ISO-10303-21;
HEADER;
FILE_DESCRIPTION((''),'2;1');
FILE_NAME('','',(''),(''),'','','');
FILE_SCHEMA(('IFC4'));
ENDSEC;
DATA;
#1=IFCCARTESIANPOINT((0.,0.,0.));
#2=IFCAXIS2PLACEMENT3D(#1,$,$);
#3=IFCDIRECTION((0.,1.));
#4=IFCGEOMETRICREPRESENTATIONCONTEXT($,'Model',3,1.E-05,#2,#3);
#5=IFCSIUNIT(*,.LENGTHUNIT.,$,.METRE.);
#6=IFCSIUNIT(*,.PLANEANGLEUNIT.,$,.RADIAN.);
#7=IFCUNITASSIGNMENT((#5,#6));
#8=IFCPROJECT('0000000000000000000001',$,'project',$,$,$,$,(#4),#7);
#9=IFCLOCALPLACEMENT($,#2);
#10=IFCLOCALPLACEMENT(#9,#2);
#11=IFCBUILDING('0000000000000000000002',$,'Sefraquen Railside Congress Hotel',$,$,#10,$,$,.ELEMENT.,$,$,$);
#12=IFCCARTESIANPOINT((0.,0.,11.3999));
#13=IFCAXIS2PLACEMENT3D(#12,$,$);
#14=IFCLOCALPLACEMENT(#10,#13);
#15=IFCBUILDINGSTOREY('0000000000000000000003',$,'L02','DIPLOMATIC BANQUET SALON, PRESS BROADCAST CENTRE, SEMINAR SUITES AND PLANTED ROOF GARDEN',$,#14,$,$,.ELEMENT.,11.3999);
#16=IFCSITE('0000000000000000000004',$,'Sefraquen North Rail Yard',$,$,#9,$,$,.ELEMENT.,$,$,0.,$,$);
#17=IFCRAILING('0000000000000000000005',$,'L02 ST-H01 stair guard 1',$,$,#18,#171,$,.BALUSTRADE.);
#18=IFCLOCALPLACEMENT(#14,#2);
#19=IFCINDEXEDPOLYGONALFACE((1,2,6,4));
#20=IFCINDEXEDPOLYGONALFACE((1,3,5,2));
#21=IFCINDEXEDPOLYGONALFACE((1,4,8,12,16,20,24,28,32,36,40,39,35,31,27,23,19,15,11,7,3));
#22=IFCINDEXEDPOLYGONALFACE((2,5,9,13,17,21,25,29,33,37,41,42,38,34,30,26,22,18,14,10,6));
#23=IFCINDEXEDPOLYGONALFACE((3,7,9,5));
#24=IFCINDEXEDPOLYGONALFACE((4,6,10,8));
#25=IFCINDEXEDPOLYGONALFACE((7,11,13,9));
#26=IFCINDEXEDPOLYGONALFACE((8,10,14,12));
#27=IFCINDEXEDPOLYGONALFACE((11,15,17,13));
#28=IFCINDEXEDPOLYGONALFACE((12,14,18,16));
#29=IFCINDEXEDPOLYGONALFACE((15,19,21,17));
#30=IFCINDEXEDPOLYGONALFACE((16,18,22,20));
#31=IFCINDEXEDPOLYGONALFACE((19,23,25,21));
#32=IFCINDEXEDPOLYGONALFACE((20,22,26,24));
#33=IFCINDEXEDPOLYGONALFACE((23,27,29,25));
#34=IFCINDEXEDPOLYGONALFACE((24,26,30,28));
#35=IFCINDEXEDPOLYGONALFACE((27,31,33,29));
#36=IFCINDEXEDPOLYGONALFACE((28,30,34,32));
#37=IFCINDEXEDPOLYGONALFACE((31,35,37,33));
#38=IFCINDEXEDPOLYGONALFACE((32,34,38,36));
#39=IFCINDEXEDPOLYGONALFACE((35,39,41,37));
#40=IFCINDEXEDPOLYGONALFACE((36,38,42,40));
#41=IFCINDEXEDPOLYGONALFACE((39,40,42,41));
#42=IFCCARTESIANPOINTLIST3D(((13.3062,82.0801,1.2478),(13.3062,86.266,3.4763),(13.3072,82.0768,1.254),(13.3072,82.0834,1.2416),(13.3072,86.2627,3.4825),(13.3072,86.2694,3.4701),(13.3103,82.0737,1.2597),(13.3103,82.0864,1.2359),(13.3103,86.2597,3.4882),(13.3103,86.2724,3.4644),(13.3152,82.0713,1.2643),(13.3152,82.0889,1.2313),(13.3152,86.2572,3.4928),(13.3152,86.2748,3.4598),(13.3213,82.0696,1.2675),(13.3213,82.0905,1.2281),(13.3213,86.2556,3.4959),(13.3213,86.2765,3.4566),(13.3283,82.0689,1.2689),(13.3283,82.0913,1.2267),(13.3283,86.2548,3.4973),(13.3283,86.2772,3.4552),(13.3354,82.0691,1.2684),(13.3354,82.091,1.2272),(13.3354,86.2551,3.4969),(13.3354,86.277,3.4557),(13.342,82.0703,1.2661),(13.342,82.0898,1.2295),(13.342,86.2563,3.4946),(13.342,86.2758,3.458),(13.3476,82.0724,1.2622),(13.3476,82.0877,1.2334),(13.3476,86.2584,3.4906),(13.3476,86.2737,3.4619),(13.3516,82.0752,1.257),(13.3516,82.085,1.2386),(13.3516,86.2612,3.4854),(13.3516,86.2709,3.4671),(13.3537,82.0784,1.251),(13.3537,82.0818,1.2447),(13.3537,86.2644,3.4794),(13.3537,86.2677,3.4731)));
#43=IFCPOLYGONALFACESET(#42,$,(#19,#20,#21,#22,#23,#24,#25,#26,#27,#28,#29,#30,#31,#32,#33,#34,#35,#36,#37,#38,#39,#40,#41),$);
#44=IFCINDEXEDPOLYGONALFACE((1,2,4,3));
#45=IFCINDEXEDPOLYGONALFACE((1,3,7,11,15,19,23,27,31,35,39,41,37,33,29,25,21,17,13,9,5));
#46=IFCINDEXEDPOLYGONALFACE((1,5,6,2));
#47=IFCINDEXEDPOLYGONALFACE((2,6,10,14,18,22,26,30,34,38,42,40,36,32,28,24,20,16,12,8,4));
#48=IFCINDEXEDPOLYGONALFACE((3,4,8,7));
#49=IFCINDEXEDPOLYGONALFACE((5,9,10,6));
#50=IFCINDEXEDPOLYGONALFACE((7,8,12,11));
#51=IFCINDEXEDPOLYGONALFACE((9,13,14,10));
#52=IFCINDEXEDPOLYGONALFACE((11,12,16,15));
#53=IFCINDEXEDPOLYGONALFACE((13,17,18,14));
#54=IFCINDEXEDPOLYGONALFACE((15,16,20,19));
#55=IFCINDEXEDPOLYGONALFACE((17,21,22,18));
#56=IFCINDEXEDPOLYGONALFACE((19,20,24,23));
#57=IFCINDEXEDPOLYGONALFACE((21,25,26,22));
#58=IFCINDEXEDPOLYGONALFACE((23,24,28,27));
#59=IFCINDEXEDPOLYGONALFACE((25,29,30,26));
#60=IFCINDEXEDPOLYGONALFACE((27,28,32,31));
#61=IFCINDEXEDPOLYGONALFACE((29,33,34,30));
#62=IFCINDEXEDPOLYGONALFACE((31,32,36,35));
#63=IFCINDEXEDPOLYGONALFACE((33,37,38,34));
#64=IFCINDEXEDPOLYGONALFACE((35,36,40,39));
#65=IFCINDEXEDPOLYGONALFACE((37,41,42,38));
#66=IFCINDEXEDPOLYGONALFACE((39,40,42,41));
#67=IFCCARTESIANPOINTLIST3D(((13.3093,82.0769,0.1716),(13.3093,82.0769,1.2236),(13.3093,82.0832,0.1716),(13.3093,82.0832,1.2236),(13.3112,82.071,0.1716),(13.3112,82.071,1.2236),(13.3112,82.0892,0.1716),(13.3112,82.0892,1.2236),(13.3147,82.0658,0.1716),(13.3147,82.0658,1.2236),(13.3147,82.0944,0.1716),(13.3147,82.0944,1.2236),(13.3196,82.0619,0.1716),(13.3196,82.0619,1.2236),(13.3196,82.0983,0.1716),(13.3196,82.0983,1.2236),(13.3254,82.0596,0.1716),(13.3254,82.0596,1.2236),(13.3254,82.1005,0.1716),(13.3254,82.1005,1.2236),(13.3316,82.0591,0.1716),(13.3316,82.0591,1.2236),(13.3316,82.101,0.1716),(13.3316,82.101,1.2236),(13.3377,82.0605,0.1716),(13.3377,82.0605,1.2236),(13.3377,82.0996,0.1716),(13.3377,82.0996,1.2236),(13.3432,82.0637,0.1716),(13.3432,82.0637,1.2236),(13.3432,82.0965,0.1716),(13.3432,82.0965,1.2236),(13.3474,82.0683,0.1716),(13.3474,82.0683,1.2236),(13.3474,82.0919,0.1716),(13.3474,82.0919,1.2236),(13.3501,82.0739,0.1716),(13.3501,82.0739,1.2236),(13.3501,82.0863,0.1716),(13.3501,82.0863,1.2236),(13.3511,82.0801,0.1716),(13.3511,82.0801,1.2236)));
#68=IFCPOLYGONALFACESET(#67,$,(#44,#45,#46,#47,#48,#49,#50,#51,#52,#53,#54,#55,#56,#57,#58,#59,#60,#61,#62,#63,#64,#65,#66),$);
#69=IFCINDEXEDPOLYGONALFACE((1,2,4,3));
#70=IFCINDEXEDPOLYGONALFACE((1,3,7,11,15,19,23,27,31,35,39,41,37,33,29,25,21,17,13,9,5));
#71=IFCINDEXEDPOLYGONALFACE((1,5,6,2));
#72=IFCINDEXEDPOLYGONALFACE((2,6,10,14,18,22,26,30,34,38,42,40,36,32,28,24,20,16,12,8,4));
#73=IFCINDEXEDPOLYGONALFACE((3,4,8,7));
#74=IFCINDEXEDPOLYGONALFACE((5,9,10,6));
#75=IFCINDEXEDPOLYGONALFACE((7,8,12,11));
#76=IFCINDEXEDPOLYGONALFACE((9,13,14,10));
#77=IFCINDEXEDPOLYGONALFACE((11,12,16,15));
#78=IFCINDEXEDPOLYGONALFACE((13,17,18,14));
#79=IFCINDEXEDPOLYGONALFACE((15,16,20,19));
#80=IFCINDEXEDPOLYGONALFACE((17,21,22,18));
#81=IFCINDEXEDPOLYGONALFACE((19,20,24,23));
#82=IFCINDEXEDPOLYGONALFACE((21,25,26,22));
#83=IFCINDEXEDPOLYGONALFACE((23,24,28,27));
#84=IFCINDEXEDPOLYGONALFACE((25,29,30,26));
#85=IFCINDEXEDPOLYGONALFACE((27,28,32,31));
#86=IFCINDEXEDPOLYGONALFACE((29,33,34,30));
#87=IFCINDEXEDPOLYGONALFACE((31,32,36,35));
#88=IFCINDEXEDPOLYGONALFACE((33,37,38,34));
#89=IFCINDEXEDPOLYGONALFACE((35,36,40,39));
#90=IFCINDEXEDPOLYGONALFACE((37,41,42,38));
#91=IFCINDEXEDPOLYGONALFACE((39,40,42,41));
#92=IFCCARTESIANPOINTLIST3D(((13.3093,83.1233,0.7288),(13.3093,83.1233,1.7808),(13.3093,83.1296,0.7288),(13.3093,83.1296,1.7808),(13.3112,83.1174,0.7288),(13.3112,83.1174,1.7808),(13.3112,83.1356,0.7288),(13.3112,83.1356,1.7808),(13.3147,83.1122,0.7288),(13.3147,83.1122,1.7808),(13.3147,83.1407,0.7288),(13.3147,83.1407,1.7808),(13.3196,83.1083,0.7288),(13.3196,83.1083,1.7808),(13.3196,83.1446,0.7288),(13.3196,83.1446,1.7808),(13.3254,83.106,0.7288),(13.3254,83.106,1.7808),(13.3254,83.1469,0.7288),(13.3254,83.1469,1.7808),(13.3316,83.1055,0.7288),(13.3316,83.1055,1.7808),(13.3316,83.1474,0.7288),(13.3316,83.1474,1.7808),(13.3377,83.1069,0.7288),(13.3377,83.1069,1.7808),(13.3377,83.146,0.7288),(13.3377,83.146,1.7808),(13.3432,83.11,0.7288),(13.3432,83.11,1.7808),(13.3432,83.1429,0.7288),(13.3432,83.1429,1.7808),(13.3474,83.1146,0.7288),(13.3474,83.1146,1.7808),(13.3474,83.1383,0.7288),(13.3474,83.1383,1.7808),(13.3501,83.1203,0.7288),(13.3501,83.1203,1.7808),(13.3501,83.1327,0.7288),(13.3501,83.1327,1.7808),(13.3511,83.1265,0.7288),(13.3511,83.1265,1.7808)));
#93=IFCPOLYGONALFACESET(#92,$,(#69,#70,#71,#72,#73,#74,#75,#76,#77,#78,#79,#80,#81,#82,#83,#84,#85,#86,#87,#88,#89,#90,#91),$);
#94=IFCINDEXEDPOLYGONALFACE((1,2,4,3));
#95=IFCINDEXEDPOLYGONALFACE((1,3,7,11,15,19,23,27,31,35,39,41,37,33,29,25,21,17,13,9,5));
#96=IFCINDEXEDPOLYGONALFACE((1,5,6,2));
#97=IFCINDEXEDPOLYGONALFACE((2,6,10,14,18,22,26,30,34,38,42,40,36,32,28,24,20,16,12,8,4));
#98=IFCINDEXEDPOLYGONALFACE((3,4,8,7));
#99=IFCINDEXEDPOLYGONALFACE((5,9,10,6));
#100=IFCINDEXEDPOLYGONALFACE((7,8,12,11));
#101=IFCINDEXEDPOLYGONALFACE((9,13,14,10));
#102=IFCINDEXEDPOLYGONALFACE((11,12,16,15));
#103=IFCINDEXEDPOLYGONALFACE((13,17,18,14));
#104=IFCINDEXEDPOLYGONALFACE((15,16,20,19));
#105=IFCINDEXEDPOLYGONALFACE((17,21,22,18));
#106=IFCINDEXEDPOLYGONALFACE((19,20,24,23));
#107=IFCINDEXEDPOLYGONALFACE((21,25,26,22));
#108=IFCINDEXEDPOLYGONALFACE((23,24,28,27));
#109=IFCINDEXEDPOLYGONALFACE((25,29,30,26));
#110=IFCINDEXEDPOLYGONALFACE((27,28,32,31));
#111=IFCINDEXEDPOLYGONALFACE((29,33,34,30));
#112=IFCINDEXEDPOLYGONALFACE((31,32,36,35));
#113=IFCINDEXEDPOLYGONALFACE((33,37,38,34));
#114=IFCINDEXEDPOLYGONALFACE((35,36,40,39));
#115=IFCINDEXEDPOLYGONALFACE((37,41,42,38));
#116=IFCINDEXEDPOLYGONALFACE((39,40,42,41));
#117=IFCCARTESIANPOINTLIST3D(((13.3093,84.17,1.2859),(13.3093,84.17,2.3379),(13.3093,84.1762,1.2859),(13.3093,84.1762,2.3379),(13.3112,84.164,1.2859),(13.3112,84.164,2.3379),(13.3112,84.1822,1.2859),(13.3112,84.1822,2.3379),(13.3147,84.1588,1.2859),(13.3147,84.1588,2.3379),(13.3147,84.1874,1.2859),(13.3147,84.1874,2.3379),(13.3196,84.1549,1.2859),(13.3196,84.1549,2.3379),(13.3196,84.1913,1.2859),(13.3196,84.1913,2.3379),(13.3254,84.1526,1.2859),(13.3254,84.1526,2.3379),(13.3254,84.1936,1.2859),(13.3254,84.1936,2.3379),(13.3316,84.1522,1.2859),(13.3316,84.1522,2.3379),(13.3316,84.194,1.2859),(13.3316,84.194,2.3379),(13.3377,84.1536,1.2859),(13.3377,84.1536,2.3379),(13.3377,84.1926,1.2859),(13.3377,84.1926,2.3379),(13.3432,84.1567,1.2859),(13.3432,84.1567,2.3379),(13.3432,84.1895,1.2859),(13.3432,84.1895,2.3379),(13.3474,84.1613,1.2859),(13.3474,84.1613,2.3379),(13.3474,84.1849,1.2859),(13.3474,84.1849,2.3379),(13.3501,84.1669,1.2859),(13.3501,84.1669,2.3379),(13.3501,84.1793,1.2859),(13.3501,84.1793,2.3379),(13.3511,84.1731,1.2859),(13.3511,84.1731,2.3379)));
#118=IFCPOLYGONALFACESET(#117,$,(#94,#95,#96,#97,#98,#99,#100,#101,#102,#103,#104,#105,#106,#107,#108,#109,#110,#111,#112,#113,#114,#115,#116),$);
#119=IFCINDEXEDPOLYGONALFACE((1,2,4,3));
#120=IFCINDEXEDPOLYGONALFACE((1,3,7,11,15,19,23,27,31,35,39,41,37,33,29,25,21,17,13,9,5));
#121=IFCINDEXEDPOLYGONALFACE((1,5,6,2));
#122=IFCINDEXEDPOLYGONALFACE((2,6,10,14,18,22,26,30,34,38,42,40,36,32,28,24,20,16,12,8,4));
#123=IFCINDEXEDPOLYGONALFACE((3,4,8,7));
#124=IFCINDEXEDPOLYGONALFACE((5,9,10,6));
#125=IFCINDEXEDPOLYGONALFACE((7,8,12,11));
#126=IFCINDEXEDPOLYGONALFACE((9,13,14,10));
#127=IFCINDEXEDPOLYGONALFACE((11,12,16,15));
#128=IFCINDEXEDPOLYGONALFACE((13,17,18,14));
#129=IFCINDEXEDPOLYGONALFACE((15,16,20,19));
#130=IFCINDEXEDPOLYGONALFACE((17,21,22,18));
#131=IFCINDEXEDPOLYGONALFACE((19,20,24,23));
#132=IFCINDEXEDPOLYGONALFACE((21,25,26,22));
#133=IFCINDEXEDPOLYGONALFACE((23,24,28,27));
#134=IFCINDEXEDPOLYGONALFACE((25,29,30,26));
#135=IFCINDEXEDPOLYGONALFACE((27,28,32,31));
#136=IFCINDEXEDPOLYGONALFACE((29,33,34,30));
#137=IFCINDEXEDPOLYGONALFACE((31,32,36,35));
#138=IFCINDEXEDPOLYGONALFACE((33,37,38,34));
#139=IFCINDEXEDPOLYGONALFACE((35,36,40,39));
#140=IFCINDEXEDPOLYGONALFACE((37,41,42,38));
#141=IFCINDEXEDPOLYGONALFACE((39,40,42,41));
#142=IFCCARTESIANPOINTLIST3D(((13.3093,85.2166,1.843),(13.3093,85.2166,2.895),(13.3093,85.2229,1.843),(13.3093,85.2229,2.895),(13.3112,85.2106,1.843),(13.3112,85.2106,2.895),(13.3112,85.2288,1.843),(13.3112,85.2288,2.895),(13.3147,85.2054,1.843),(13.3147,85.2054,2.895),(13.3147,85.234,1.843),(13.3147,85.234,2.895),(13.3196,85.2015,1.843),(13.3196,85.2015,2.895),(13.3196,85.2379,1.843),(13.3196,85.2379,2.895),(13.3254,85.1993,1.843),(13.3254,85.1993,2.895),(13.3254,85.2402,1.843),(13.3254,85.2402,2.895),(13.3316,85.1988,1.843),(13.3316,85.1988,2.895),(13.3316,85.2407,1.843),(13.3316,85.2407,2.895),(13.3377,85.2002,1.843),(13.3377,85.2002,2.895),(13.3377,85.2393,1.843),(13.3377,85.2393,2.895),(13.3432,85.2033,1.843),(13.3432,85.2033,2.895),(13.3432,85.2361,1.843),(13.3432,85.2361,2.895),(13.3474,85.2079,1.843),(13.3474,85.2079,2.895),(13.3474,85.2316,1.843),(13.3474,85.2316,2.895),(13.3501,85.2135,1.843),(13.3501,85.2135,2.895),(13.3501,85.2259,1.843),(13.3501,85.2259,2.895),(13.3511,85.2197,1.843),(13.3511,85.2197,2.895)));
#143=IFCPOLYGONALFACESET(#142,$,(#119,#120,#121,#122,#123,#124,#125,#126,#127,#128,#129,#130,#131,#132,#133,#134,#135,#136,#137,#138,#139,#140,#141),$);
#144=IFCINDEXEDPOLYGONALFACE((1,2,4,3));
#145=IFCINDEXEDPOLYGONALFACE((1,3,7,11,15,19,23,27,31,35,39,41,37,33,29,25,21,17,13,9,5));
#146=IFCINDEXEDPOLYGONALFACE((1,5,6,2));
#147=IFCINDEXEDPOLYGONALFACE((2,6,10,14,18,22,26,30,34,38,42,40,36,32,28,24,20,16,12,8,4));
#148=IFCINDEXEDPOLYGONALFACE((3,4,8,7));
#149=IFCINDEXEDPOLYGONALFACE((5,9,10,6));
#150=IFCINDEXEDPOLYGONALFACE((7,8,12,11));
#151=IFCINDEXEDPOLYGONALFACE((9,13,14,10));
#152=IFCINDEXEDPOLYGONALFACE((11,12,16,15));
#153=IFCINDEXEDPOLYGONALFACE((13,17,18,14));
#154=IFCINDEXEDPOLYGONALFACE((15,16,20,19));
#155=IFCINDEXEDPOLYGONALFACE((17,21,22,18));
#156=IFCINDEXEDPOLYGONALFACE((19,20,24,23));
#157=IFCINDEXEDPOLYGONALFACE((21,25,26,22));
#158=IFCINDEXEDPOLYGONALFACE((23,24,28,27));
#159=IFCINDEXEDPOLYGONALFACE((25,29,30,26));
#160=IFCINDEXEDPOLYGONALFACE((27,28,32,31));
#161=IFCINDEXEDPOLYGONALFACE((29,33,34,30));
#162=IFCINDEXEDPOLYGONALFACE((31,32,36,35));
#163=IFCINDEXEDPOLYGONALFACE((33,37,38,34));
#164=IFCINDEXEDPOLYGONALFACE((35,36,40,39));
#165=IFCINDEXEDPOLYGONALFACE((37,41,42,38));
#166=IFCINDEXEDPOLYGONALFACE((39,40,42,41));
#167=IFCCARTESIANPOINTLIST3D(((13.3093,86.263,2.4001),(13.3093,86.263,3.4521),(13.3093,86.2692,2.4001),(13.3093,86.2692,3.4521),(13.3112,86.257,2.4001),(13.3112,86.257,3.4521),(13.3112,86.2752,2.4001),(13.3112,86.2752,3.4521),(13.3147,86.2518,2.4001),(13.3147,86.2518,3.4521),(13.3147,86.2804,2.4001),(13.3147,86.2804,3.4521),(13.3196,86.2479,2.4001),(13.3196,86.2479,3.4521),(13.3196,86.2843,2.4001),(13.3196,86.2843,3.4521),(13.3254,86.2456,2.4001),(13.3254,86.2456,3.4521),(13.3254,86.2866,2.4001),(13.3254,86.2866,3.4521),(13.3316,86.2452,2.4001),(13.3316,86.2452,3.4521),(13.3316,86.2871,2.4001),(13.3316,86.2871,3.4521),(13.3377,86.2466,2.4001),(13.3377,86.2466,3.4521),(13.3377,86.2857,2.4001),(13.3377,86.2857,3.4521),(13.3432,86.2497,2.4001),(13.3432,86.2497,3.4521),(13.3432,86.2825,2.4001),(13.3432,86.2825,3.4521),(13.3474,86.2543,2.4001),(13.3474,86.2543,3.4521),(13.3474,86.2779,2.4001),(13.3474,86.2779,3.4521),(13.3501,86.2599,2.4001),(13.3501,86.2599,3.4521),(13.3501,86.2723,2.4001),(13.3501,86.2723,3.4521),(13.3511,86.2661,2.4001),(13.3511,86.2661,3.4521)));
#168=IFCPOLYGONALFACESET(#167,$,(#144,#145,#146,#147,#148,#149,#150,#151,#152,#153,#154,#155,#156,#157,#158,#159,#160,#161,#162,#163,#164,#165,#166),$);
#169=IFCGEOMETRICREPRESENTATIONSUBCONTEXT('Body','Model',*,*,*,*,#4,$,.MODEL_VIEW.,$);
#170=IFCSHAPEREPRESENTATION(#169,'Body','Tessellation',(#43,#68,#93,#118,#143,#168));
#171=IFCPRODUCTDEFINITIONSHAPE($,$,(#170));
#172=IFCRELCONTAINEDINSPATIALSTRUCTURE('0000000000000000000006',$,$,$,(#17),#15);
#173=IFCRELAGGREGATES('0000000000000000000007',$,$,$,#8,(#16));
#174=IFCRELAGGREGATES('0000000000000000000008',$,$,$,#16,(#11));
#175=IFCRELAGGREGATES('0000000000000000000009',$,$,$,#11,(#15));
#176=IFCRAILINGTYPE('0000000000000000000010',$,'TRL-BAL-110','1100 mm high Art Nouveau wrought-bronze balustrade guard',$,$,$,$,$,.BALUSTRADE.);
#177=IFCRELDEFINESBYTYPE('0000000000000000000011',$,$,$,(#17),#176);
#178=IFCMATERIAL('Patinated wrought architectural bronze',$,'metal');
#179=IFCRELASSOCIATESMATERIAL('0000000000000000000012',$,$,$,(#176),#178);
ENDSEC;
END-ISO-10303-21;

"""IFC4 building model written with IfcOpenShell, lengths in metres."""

from ifc_helpers import new_model, si_unit, direction, frame, origin, origin_2d, place, context, subcontext, project, spatial, circle, extrude, material, type_object, element, save


model = new_model("IFC4")

# Units and contexts
model_context = context("Model", 3, precision=1e-05, world=origin(), true_north=direction((0.0, 1.0)))
body_context = subcontext(model_context, "Body", "Model", "MODEL_VIEW")
ifc_project = project(units=[si_unit("LENGTHUNIT", "METRE"), si_unit("PLANEANGLEUNIT", "RADIAN")], contexts=[model_context])

# Site, building, storey
site_placement = place(None, origin())
site = spatial("IfcSite", under=ifc_project, at=site_placement, Name="Sefraquen North Rail Yard", CompositionType="ELEMENT", RefElevation=0.0)
building_placement = place(site_placement, origin())
building = spatial("IfcBuilding", under=site, at=building_placement, Name="Sefraquen Railside Congress Hotel", CompositionType="ELEMENT")
storey_placement = place(building_placement, frame((0.0, 0.0, 11.3999)))
storey = spatial("IfcBuildingStorey", under=building, at=storey_placement, Name="L02", Description="DIPLOMATIC BANQUET SALON, PRESS BROADCAST CENTRE, SEMINAR SUITES AND PLANTED ROOF GARDEN", CompositionType="ELEMENT", Elevation=11.3999)

# Railing
ifc_material_1 = material(Name="Patinated wrought architectural bronze", Category="metal")
railing_type = type_object("IfcRailingType", Name="TRL-BAL-110", Description="1100 mm high Art Nouveau wrought-bronze balustrade guard", PredefinedType="BALUSTRADE", material=ifc_material_1)
railing_1_placement = place(storey_placement, frame((13.3301, 82.0801, 0.1716)))
element("IfcRailing", 1, at=railing_1_placement, inside=storey, type_object=railing_type, Name="L02 ST-H01 stair guard 1", PredefinedType="BALUSTRADE", context=body_context, shape_type="SweptSolid", body=[
    extrude(circle(Radius=0.0239, at=origin_2d()), frame((0.0, 0.0, 1.0762), z_axis=(0.0, 0.882706, 0.469925), x_axis=(-1.0, 0.0, 0.0)), (0.0, 0.0, 1.0), 4.7422),
    extrude(circle(Radius=0.021, at=origin_2d()), origin(), (0.0, 0.0, 1.0), 1.052),
    extrude(circle(Radius=0.021, at=origin_2d()), frame((0.0, 1.0464, 0.5571)), (0.0, 0.0, 1.0), 1.052),
    extrude(circle(Radius=0.021, at=origin_2d()), frame((0.0, 2.093, 1.1143)), (0.0, 0.0, 1.0), 1.052),
    extrude(circle(Radius=0.021, at=origin_2d()), frame((0.0, 3.1396, 1.6714)), (0.0, 0.0, 1.0), 1.052),
    extrude(circle(Radius=0.021, at=origin_2d()), frame((0.0, 4.186, 2.2285)), (0.0, 0.0, 1.0), 1.052),
])

save(model, "model.ifc")
